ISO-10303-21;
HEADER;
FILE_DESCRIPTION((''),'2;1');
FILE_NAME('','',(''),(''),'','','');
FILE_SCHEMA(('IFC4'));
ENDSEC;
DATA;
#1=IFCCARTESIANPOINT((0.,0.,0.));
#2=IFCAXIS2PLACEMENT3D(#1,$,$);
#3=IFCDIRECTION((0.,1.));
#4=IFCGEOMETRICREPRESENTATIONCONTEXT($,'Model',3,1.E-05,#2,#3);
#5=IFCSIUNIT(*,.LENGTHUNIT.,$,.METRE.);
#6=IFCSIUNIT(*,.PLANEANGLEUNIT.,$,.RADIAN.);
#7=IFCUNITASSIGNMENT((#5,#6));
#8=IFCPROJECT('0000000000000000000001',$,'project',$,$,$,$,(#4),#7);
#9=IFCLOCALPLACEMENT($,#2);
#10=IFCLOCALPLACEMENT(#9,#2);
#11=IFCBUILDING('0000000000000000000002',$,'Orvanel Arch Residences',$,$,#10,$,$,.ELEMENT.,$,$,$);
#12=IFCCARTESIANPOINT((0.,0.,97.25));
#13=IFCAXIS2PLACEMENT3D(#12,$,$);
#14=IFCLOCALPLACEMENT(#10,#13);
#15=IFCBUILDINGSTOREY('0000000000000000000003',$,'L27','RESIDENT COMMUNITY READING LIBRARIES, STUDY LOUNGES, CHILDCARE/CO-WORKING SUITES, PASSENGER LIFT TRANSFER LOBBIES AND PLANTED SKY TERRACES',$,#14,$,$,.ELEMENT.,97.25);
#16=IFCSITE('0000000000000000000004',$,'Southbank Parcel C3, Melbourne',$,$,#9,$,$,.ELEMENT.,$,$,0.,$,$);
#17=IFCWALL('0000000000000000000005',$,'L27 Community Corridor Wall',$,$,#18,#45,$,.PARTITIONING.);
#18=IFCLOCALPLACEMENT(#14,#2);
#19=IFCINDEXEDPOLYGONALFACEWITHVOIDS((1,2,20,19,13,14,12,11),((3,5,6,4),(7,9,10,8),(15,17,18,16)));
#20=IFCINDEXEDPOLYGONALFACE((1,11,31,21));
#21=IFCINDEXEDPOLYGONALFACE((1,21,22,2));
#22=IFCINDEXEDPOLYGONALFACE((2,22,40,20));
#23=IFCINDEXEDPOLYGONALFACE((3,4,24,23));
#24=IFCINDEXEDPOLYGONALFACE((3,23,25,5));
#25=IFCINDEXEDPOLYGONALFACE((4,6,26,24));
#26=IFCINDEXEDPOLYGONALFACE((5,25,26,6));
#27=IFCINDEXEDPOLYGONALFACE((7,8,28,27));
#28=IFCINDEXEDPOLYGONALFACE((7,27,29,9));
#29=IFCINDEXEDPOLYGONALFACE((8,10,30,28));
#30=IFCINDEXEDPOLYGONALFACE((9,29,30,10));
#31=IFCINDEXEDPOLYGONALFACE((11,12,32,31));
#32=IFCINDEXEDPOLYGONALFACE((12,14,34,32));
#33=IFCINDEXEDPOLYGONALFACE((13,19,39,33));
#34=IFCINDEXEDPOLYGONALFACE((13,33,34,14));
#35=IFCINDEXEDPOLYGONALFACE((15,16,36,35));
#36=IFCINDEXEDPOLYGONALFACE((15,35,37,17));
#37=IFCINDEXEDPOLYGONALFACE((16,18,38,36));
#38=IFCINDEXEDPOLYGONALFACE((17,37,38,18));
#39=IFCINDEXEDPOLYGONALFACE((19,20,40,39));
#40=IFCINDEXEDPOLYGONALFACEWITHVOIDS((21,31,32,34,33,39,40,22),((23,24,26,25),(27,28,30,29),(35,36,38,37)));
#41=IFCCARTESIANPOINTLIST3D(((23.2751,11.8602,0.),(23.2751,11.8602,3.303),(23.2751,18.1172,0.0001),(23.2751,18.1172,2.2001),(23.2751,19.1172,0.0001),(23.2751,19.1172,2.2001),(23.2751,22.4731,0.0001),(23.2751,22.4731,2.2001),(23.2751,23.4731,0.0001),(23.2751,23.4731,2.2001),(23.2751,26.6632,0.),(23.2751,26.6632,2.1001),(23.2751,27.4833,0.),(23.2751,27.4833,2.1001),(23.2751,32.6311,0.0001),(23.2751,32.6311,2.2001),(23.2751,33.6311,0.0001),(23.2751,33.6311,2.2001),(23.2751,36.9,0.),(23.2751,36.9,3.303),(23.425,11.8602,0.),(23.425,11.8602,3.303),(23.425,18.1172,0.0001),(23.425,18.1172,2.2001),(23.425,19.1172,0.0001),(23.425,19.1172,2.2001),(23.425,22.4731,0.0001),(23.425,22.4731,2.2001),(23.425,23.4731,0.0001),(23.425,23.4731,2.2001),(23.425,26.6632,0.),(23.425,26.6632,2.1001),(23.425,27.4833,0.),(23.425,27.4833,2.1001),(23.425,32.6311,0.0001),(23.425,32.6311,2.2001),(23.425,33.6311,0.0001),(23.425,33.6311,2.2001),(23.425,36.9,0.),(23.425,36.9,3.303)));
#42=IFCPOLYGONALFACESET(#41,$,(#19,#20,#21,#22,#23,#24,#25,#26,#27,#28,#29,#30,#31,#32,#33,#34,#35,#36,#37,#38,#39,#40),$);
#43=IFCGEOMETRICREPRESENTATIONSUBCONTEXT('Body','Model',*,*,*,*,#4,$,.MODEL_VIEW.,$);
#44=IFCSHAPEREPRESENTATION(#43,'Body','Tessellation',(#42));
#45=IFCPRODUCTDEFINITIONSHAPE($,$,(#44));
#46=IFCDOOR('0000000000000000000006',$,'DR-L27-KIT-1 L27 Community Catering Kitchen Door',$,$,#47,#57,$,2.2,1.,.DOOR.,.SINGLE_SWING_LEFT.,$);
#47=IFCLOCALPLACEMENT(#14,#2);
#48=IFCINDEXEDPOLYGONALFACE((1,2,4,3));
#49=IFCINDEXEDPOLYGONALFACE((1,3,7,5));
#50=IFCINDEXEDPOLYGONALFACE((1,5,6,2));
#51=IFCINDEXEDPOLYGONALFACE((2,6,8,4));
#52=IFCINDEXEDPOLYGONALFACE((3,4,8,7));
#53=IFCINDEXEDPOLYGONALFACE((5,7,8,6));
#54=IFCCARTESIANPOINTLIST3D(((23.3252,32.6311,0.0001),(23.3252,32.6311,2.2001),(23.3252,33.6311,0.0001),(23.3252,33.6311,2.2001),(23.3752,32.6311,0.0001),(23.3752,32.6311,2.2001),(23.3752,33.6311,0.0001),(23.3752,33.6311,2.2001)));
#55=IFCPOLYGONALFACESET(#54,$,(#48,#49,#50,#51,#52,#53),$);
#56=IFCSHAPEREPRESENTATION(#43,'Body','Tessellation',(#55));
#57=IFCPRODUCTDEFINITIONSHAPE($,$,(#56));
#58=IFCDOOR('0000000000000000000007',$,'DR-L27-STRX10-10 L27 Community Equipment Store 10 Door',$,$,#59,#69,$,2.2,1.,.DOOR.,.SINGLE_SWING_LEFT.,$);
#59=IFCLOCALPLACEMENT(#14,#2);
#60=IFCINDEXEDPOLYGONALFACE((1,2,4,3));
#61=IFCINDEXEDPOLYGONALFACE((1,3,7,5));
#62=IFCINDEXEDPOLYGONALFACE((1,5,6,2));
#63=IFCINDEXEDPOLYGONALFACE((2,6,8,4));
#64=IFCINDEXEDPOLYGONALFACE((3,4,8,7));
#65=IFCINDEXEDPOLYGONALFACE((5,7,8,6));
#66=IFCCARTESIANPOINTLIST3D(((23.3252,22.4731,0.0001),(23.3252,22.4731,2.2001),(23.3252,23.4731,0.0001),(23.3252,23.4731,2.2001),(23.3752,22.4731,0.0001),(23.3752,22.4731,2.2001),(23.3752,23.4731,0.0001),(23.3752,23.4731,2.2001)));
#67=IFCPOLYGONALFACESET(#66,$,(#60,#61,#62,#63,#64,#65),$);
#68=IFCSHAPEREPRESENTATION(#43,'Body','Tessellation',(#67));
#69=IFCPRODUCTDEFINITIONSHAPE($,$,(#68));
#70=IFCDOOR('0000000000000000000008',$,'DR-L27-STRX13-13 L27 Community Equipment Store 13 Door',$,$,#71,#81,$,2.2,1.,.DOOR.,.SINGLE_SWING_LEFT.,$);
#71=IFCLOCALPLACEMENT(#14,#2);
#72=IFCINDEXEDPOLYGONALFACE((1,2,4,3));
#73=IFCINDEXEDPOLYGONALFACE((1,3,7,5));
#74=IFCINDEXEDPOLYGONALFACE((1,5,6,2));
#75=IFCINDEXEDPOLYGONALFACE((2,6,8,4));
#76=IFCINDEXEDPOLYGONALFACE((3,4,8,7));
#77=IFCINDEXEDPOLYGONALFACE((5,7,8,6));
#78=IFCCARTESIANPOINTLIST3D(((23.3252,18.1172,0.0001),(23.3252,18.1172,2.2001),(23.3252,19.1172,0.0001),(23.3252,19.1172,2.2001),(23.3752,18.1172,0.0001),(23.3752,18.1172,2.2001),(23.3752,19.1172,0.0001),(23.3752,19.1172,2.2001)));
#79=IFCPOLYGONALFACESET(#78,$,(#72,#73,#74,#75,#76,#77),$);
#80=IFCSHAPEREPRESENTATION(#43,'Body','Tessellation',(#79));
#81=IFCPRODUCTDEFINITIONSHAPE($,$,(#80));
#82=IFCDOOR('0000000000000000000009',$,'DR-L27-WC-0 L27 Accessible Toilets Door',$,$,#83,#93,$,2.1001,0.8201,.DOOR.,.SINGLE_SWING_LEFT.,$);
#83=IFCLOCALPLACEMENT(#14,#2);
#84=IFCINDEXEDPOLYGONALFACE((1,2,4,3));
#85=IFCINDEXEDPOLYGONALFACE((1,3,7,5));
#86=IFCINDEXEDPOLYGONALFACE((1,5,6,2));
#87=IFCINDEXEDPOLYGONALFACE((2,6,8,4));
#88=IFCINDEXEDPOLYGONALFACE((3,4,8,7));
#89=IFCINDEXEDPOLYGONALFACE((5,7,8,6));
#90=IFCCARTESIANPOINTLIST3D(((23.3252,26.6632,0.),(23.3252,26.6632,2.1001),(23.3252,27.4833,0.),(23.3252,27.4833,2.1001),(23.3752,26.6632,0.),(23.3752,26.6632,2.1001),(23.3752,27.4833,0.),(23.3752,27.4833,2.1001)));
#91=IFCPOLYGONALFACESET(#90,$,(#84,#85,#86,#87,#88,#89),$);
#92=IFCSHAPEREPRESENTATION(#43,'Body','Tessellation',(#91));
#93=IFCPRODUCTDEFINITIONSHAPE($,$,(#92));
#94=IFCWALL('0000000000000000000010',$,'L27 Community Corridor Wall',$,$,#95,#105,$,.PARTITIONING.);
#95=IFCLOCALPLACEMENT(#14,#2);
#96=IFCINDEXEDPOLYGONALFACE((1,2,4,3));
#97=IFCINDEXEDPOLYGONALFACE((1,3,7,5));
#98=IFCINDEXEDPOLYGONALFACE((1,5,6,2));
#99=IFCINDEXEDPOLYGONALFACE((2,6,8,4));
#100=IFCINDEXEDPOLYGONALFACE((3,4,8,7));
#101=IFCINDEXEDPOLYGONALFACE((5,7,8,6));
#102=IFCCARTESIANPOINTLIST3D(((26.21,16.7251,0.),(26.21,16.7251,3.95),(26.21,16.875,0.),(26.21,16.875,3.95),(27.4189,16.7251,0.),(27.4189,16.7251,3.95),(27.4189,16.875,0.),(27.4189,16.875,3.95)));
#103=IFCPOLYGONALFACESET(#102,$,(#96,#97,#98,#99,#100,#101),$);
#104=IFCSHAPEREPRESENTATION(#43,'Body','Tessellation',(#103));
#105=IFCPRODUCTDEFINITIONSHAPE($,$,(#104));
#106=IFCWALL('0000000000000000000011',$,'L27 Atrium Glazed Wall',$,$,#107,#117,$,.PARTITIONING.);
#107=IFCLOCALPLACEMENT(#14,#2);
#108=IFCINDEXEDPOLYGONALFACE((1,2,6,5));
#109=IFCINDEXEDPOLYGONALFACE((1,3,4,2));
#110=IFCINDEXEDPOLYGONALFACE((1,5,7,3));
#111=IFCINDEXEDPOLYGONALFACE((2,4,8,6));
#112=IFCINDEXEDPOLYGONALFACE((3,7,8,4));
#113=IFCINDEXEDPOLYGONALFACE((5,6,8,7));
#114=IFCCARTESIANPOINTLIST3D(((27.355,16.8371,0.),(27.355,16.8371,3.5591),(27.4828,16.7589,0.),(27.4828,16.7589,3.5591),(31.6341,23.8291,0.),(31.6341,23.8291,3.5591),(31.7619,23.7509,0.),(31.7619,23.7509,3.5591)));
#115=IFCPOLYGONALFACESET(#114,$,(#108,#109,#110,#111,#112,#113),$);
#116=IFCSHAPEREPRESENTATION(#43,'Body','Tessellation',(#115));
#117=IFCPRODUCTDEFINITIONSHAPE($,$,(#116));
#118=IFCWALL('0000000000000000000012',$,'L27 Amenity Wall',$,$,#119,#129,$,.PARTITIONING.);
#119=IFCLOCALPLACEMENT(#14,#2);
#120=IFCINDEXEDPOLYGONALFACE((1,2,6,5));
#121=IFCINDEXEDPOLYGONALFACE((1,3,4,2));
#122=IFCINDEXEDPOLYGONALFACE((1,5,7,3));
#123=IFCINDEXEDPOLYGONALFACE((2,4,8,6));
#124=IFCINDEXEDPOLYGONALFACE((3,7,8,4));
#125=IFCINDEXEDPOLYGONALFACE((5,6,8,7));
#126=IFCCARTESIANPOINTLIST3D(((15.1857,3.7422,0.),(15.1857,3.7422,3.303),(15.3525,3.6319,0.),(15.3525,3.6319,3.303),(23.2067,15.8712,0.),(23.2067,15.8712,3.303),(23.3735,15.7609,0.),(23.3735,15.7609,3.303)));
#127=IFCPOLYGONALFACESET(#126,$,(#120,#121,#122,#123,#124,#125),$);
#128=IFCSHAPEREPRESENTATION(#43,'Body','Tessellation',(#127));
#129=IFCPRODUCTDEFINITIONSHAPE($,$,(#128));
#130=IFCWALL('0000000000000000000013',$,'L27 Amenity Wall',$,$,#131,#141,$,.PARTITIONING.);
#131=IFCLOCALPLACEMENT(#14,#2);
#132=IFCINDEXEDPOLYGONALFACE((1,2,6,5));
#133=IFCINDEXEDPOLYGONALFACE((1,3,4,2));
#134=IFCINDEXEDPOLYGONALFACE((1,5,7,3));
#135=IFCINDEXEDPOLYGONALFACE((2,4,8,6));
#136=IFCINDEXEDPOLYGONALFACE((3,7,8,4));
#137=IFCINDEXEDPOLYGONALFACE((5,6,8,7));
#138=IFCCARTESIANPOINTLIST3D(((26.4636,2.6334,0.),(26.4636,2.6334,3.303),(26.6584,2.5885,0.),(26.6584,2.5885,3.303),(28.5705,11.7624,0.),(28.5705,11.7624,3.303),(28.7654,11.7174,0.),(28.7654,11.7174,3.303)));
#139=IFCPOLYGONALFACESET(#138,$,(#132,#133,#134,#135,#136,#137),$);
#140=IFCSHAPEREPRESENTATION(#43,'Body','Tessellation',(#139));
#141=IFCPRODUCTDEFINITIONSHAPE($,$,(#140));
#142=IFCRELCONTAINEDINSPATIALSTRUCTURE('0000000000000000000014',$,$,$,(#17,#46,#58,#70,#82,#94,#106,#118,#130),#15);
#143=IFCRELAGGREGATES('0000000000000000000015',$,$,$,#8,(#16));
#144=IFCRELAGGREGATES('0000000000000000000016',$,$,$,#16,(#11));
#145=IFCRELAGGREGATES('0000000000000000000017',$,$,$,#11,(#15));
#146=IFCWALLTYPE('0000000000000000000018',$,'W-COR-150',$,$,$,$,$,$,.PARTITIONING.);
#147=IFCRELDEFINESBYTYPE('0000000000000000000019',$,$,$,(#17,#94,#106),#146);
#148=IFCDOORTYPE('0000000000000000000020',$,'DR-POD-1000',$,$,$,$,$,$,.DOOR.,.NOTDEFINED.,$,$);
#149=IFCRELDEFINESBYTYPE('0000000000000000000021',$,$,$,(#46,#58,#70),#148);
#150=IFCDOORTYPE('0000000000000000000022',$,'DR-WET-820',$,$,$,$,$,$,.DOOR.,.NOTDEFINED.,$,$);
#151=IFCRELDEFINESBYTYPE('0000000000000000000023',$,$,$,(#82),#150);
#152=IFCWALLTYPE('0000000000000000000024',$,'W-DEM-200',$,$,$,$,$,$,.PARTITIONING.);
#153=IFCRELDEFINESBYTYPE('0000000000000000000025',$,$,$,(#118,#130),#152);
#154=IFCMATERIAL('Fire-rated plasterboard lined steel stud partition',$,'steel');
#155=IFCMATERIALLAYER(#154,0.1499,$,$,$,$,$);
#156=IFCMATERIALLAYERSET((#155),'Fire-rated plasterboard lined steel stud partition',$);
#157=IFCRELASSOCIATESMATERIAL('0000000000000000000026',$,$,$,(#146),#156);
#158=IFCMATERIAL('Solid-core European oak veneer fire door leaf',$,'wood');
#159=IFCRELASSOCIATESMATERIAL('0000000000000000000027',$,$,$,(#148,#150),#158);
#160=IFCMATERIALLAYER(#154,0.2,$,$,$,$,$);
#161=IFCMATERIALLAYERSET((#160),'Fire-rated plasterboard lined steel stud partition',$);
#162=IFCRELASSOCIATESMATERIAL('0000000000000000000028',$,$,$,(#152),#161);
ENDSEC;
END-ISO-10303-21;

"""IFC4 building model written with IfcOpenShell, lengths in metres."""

from ifc_helpers import new_model, si_unit, direction, frame, frame_2d, origin, place, context, subcontext, project, spatial, rectangle, extrude, material, layer, layer_set, type_object, element, fill, save


model = new_model("IFC4")

# Units and contexts
model_context = context("Model", 3, precision=1e-05, world=origin(), true_north=direction((0.0, 1.0)))
body_context = subcontext(model_context, "Body", "Model", "MODEL_VIEW")
ifc_project = project(units=[si_unit("LENGTHUNIT", "METRE"), si_unit("PLANEANGLEUNIT", "RADIAN")], contexts=[model_context])

# Site, building, storey
site_placement = place(None, origin())
site = spatial("IfcSite", under=ifc_project, at=site_placement, Name="Southbank Parcel C3, Melbourne", CompositionType="ELEMENT", RefElevation=0.0)
building_placement = place(site_placement, origin())
building = spatial("IfcBuilding", under=site, at=building_placement, Name="Orvanel Arch Residences", CompositionType="ELEMENT")
storey_placement = place(building_placement, frame((0.0, 0.0, 97.25)))
storey = spatial("IfcBuildingStorey", under=building, at=storey_placement, Name="L27", Description="RESIDENT COMMUNITY READING LIBRARIES, STUDY LOUNGES, CHILDCARE/CO-WORKING SUITES, PASSENGER LIFT TRANSFER LOBBIES AND PLANTED SKY TERRACES", CompositionType="ELEMENT", Elevation=97.25)

# Wall, openings, doors
ifc_material_1 = material(Name="Fire-rated plasterboard lined steel stud partition", Category="steel")
ifc_layer_1 = layer(ifc_material_1, 0.1499)
ifc_layer_set_1 = layer_set([ifc_layer_1], Name="Fire-rated plasterboard lined steel stud partition")
wall_type_1 = type_object("IfcWallType", Name="W-COR-150", PredefinedType="PARTITIONING", material=ifc_layer_set_1)
wall_1_placement = place(storey_placement, frame((23.3501, 11.8601, 0.0), z_axis=(0.0, 0.0, 1.0), x_axis=(0.0, 1.0, 0.0)))
wall_1 = element("IfcWall", 1, at=wall_1_placement, inside=storey, type_object=wall_type_1, Name="L27 Community Corridor Wall", PredefinedType="PARTITIONING", context=body_context, shape_type="SweptSolid", body=[
    extrude(rectangle(XDim=25.0398, YDim=0.1499, at=frame_2d((12.52, 0.0))), origin(), (0.0, 0.0, 1.0), 3.303),
])
opening_1_placement = place(wall_1_placement, frame((14.803, 0.0, 0.0)))
opening_1 = element("IfcOpeningElement", 2, at=opening_1_placement, cuts=wall_1, PredefinedType="OPENING", context=body_context, shape_type="SweptSolid", body=[
    extrude(rectangle(XDim=0.8201, YDim=2.1001, at=frame_2d((0.4102, 1.05))), frame((0.0, 0.085, 0.0), z_axis=(0.0, -1.0, 0.0), x_axis=(1.0, 0.0, 0.0)), (0.0, 0.0, 1.0), 0.1699),
])
opening_2_placement = place(wall_1_placement, frame((20.771, 0.0, 0.0)))
opening_2 = element("IfcOpeningElement", 3, at=opening_2_placement, cuts=wall_1, PredefinedType="OPENING", context=body_context, shape_type="SweptSolid", body=[
    extrude(rectangle(XDim=1.0, YDim=2.2, at=frame_2d((0.5, 1.1001))), frame((0.0, 0.085, 0.0), z_axis=(0.0, -1.0, 0.0), x_axis=(1.0, 0.0, 0.0)), (0.0, 0.0, 1.0), 0.1699),
])
opening_3_placement = place(wall_1_placement, frame((10.613, 0.0, 0.0)))
opening_3 = element("IfcOpeningElement", 4, at=opening_3_placement, cuts=wall_1, PredefinedType="OPENING", context=body_context, shape_type="SweptSolid", body=[
    extrude(rectangle(XDim=1.0, YDim=2.2, at=frame_2d((0.5, 1.1001))), frame((0.0, 0.085, 0.0), z_axis=(0.0, -1.0, 0.0), x_axis=(1.0, 0.0, 0.0)), (0.0, 0.0, 1.0), 0.1699),
])
opening_4_placement = place(wall_1_placement, frame((6.2571, 0.0, 0.0)))
opening_4 = element("IfcOpeningElement", 5, at=opening_4_placement, cuts=wall_1, PredefinedType="OPENING", context=body_context, shape_type="SweptSolid", body=[
    extrude(rectangle(XDim=1.0, YDim=2.2, at=frame_2d((0.5, 1.1001))), frame((0.0, 0.085, 0.0), z_axis=(0.0, -1.0, 0.0), x_axis=(1.0, 0.0, 0.0)), (0.0, 0.0, 1.0), 0.1699),
])
ifc_material_2 = material(Name="Solid-core European oak veneer fire door leaf", Category="wood")
door_type_1 = type_object("IfcDoorType", Name="DR-POD-1000", OperationType="NOTDEFINED", PredefinedType="DOOR", material=ifc_material_2)
door_1_placement = place(opening_2_placement, origin())
door_1 = element("IfcDoor", 6, at=door_1_placement, inside=storey, type_object=door_type_1, Name="DR-L27-KIT-1 L27 Community Catering Kitchen Door", OperationType="SINGLE_SWING_LEFT", OverallHeight=2.2, OverallWidth=1.0, PredefinedType="DOOR", context=body_context, shape_type="SweptSolid", body=[
    extrude(rectangle(XDim=1.0, YDim=2.2, at=frame_2d((0.5, 1.1001))), frame((0.0, 0.0249, 0.0), z_axis=(0.0, -1.0, 0.0), x_axis=(1.0, 0.0, 0.0)), (0.0, 0.0, 1.0), 0.05),
])
fill(opening_2, door_1)
door_2_placement = place(opening_3_placement, origin())
door_2 = element("IfcDoor", 7, at=door_2_placement, inside=storey, type_object=door_type_1, Name="DR-L27-STRX10-10 L27 Community Equipment Store 10 Door", OperationType="SINGLE_SWING_LEFT", OverallHeight=2.2, OverallWidth=1.0, PredefinedType="DOOR", context=body_context, shape_type="SweptSolid", body=[
    extrude(rectangle(XDim=1.0, YDim=2.2, at=frame_2d((0.5, 1.1001))), frame((0.0, 0.0249, 0.0), z_axis=(0.0, -1.0, 0.0), x_axis=(1.0, 0.0, 0.0)), (0.0, 0.0, 1.0), 0.05),
])
fill(opening_3, door_2)
door_3_placement = place(opening_4_placement, origin())
door_3 = element("IfcDoor", 8, at=door_3_placement, inside=storey, type_object=door_type_1, Name="DR-L27-STRX13-13 L27 Community Equipment Store 13 Door", OperationType="SINGLE_SWING_LEFT", OverallHeight=2.2, OverallWidth=1.0, PredefinedType="DOOR", context=body_context, shape_type="SweptSolid", body=[
    extrude(rectangle(XDim=1.0, YDim=2.2, at=frame_2d((0.5, 1.1001))), frame((0.0, 0.0249, 0.0), z_axis=(0.0, -1.0, 0.0), x_axis=(1.0, 0.0, 0.0)), (0.0, 0.0, 1.0), 0.05),
])
fill(opening_4, door_3)
door_type_2 = type_object("IfcDoorType", Name="DR-WET-820", OperationType="NOTDEFINED", PredefinedType="DOOR", material=ifc_material_2)
door_4_placement = place(opening_1_placement, origin())
door_4 = element("IfcDoor", 9, at=door_4_placement, inside=storey, type_object=door_type_2, Name="DR-L27-WC-0 L27 Accessible Toilets Door", OperationType="SINGLE_SWING_LEFT", OverallHeight=2.1001, OverallWidth=0.8201, PredefinedType="DOOR", context=body_context, shape_type="SweptSolid", body=[
    extrude(rectangle(XDim=0.8201, YDim=2.1001, at=frame_2d((0.4102, 1.05))), frame((0.0, 0.0249, 0.0), z_axis=(0.0, -1.0, 0.0), x_axis=(1.0, 0.0, 0.0)), (0.0, 0.0, 1.0), 0.05),
])
fill(opening_1, door_4)

# Walls
wall_2_placement = place(storey_placement, frame((26.21, 16.8, 0.0), z_axis=(0.0, 0.0, 1.0), x_axis=(1.0, 0.0, 0.0)))
element("IfcWall", 10, at=wall_2_placement, inside=storey, type_object=wall_type_1, Name="L27 Community Corridor Wall", PredefinedType="PARTITIONING", context=body_context, shape_type="SweptSolid", body=[
    extrude(rectangle(XDim=1.209, YDim=0.1499, at=frame_2d((0.6045, 0.0))), origin(), (0.0, 0.0, 1.0), 3.95),
])
wall_3_placement = place(storey_placement, frame((27.4189, 16.7981, 0.0), z_axis=(0.0, 0.0, 1.0), x_axis=(0.522, 0.852945, 0.0)))
element("IfcWall", 11, at=wall_3_placement, inside=storey, type_object=wall_type_1, Name="L27 Atrium Glazed Wall", PredefinedType="PARTITIONING", context=body_context, shape_type="SweptSolid", body=[
    extrude(rectangle(XDim=8.1975, YDim=0.1499, at=frame_2d((4.0986, 0.0))), origin(), (0.0, 0.0, 1.0), 3.5591),
])
ifc_layer_2 = layer(ifc_material_1, 0.2)
ifc_layer_set_2 = layer_set([ifc_layer_2], Name="Fire-rated plasterboard lined steel stud partition")
wall_type_2 = type_object("IfcWallType", Name="W-DEM-200", PredefinedType="PARTITIONING", material=ifc_layer_set_2)
wall_4_placement = place(storey_placement, frame((23.29, 15.8159, 0.0), z_axis=(0.0, 0.0, 1.0), x_axis=(-0.551605, -0.834106, 0.0)))
element("IfcWall", 12, at=wall_4_placement, inside=storey, type_object=wall_type_2, Name="L27 Amenity Wall", PredefinedType="PARTITIONING", context=body_context, shape_type="SweptSolid", body=[
    extrude(rectangle(XDim=14.5413, YDim=0.2, at=frame_2d((7.2705, 0.0))), origin(), (0.0, 0.0, 1.0), 3.303),
])
wall_5_placement = place(storey_placement, frame((28.668, 11.74, 0.0), z_axis=(0.0, 0.0, 1.0), x_axis=(-0.224886, -0.974385, 0.0)))
element("IfcWall", 13, at=wall_5_placement, inside=storey, type_object=wall_type_2, Name="L27 Amenity Wall", PredefinedType="PARTITIONING", context=body_context, shape_type="SweptSolid", body=[
    extrude(rectangle(XDim=9.3689, YDim=0.2, at=frame_2d((4.6846, 0.0))), origin(), (0.0, 0.0, 1.0), 3.303),
])

save(model, "model.ifc")
